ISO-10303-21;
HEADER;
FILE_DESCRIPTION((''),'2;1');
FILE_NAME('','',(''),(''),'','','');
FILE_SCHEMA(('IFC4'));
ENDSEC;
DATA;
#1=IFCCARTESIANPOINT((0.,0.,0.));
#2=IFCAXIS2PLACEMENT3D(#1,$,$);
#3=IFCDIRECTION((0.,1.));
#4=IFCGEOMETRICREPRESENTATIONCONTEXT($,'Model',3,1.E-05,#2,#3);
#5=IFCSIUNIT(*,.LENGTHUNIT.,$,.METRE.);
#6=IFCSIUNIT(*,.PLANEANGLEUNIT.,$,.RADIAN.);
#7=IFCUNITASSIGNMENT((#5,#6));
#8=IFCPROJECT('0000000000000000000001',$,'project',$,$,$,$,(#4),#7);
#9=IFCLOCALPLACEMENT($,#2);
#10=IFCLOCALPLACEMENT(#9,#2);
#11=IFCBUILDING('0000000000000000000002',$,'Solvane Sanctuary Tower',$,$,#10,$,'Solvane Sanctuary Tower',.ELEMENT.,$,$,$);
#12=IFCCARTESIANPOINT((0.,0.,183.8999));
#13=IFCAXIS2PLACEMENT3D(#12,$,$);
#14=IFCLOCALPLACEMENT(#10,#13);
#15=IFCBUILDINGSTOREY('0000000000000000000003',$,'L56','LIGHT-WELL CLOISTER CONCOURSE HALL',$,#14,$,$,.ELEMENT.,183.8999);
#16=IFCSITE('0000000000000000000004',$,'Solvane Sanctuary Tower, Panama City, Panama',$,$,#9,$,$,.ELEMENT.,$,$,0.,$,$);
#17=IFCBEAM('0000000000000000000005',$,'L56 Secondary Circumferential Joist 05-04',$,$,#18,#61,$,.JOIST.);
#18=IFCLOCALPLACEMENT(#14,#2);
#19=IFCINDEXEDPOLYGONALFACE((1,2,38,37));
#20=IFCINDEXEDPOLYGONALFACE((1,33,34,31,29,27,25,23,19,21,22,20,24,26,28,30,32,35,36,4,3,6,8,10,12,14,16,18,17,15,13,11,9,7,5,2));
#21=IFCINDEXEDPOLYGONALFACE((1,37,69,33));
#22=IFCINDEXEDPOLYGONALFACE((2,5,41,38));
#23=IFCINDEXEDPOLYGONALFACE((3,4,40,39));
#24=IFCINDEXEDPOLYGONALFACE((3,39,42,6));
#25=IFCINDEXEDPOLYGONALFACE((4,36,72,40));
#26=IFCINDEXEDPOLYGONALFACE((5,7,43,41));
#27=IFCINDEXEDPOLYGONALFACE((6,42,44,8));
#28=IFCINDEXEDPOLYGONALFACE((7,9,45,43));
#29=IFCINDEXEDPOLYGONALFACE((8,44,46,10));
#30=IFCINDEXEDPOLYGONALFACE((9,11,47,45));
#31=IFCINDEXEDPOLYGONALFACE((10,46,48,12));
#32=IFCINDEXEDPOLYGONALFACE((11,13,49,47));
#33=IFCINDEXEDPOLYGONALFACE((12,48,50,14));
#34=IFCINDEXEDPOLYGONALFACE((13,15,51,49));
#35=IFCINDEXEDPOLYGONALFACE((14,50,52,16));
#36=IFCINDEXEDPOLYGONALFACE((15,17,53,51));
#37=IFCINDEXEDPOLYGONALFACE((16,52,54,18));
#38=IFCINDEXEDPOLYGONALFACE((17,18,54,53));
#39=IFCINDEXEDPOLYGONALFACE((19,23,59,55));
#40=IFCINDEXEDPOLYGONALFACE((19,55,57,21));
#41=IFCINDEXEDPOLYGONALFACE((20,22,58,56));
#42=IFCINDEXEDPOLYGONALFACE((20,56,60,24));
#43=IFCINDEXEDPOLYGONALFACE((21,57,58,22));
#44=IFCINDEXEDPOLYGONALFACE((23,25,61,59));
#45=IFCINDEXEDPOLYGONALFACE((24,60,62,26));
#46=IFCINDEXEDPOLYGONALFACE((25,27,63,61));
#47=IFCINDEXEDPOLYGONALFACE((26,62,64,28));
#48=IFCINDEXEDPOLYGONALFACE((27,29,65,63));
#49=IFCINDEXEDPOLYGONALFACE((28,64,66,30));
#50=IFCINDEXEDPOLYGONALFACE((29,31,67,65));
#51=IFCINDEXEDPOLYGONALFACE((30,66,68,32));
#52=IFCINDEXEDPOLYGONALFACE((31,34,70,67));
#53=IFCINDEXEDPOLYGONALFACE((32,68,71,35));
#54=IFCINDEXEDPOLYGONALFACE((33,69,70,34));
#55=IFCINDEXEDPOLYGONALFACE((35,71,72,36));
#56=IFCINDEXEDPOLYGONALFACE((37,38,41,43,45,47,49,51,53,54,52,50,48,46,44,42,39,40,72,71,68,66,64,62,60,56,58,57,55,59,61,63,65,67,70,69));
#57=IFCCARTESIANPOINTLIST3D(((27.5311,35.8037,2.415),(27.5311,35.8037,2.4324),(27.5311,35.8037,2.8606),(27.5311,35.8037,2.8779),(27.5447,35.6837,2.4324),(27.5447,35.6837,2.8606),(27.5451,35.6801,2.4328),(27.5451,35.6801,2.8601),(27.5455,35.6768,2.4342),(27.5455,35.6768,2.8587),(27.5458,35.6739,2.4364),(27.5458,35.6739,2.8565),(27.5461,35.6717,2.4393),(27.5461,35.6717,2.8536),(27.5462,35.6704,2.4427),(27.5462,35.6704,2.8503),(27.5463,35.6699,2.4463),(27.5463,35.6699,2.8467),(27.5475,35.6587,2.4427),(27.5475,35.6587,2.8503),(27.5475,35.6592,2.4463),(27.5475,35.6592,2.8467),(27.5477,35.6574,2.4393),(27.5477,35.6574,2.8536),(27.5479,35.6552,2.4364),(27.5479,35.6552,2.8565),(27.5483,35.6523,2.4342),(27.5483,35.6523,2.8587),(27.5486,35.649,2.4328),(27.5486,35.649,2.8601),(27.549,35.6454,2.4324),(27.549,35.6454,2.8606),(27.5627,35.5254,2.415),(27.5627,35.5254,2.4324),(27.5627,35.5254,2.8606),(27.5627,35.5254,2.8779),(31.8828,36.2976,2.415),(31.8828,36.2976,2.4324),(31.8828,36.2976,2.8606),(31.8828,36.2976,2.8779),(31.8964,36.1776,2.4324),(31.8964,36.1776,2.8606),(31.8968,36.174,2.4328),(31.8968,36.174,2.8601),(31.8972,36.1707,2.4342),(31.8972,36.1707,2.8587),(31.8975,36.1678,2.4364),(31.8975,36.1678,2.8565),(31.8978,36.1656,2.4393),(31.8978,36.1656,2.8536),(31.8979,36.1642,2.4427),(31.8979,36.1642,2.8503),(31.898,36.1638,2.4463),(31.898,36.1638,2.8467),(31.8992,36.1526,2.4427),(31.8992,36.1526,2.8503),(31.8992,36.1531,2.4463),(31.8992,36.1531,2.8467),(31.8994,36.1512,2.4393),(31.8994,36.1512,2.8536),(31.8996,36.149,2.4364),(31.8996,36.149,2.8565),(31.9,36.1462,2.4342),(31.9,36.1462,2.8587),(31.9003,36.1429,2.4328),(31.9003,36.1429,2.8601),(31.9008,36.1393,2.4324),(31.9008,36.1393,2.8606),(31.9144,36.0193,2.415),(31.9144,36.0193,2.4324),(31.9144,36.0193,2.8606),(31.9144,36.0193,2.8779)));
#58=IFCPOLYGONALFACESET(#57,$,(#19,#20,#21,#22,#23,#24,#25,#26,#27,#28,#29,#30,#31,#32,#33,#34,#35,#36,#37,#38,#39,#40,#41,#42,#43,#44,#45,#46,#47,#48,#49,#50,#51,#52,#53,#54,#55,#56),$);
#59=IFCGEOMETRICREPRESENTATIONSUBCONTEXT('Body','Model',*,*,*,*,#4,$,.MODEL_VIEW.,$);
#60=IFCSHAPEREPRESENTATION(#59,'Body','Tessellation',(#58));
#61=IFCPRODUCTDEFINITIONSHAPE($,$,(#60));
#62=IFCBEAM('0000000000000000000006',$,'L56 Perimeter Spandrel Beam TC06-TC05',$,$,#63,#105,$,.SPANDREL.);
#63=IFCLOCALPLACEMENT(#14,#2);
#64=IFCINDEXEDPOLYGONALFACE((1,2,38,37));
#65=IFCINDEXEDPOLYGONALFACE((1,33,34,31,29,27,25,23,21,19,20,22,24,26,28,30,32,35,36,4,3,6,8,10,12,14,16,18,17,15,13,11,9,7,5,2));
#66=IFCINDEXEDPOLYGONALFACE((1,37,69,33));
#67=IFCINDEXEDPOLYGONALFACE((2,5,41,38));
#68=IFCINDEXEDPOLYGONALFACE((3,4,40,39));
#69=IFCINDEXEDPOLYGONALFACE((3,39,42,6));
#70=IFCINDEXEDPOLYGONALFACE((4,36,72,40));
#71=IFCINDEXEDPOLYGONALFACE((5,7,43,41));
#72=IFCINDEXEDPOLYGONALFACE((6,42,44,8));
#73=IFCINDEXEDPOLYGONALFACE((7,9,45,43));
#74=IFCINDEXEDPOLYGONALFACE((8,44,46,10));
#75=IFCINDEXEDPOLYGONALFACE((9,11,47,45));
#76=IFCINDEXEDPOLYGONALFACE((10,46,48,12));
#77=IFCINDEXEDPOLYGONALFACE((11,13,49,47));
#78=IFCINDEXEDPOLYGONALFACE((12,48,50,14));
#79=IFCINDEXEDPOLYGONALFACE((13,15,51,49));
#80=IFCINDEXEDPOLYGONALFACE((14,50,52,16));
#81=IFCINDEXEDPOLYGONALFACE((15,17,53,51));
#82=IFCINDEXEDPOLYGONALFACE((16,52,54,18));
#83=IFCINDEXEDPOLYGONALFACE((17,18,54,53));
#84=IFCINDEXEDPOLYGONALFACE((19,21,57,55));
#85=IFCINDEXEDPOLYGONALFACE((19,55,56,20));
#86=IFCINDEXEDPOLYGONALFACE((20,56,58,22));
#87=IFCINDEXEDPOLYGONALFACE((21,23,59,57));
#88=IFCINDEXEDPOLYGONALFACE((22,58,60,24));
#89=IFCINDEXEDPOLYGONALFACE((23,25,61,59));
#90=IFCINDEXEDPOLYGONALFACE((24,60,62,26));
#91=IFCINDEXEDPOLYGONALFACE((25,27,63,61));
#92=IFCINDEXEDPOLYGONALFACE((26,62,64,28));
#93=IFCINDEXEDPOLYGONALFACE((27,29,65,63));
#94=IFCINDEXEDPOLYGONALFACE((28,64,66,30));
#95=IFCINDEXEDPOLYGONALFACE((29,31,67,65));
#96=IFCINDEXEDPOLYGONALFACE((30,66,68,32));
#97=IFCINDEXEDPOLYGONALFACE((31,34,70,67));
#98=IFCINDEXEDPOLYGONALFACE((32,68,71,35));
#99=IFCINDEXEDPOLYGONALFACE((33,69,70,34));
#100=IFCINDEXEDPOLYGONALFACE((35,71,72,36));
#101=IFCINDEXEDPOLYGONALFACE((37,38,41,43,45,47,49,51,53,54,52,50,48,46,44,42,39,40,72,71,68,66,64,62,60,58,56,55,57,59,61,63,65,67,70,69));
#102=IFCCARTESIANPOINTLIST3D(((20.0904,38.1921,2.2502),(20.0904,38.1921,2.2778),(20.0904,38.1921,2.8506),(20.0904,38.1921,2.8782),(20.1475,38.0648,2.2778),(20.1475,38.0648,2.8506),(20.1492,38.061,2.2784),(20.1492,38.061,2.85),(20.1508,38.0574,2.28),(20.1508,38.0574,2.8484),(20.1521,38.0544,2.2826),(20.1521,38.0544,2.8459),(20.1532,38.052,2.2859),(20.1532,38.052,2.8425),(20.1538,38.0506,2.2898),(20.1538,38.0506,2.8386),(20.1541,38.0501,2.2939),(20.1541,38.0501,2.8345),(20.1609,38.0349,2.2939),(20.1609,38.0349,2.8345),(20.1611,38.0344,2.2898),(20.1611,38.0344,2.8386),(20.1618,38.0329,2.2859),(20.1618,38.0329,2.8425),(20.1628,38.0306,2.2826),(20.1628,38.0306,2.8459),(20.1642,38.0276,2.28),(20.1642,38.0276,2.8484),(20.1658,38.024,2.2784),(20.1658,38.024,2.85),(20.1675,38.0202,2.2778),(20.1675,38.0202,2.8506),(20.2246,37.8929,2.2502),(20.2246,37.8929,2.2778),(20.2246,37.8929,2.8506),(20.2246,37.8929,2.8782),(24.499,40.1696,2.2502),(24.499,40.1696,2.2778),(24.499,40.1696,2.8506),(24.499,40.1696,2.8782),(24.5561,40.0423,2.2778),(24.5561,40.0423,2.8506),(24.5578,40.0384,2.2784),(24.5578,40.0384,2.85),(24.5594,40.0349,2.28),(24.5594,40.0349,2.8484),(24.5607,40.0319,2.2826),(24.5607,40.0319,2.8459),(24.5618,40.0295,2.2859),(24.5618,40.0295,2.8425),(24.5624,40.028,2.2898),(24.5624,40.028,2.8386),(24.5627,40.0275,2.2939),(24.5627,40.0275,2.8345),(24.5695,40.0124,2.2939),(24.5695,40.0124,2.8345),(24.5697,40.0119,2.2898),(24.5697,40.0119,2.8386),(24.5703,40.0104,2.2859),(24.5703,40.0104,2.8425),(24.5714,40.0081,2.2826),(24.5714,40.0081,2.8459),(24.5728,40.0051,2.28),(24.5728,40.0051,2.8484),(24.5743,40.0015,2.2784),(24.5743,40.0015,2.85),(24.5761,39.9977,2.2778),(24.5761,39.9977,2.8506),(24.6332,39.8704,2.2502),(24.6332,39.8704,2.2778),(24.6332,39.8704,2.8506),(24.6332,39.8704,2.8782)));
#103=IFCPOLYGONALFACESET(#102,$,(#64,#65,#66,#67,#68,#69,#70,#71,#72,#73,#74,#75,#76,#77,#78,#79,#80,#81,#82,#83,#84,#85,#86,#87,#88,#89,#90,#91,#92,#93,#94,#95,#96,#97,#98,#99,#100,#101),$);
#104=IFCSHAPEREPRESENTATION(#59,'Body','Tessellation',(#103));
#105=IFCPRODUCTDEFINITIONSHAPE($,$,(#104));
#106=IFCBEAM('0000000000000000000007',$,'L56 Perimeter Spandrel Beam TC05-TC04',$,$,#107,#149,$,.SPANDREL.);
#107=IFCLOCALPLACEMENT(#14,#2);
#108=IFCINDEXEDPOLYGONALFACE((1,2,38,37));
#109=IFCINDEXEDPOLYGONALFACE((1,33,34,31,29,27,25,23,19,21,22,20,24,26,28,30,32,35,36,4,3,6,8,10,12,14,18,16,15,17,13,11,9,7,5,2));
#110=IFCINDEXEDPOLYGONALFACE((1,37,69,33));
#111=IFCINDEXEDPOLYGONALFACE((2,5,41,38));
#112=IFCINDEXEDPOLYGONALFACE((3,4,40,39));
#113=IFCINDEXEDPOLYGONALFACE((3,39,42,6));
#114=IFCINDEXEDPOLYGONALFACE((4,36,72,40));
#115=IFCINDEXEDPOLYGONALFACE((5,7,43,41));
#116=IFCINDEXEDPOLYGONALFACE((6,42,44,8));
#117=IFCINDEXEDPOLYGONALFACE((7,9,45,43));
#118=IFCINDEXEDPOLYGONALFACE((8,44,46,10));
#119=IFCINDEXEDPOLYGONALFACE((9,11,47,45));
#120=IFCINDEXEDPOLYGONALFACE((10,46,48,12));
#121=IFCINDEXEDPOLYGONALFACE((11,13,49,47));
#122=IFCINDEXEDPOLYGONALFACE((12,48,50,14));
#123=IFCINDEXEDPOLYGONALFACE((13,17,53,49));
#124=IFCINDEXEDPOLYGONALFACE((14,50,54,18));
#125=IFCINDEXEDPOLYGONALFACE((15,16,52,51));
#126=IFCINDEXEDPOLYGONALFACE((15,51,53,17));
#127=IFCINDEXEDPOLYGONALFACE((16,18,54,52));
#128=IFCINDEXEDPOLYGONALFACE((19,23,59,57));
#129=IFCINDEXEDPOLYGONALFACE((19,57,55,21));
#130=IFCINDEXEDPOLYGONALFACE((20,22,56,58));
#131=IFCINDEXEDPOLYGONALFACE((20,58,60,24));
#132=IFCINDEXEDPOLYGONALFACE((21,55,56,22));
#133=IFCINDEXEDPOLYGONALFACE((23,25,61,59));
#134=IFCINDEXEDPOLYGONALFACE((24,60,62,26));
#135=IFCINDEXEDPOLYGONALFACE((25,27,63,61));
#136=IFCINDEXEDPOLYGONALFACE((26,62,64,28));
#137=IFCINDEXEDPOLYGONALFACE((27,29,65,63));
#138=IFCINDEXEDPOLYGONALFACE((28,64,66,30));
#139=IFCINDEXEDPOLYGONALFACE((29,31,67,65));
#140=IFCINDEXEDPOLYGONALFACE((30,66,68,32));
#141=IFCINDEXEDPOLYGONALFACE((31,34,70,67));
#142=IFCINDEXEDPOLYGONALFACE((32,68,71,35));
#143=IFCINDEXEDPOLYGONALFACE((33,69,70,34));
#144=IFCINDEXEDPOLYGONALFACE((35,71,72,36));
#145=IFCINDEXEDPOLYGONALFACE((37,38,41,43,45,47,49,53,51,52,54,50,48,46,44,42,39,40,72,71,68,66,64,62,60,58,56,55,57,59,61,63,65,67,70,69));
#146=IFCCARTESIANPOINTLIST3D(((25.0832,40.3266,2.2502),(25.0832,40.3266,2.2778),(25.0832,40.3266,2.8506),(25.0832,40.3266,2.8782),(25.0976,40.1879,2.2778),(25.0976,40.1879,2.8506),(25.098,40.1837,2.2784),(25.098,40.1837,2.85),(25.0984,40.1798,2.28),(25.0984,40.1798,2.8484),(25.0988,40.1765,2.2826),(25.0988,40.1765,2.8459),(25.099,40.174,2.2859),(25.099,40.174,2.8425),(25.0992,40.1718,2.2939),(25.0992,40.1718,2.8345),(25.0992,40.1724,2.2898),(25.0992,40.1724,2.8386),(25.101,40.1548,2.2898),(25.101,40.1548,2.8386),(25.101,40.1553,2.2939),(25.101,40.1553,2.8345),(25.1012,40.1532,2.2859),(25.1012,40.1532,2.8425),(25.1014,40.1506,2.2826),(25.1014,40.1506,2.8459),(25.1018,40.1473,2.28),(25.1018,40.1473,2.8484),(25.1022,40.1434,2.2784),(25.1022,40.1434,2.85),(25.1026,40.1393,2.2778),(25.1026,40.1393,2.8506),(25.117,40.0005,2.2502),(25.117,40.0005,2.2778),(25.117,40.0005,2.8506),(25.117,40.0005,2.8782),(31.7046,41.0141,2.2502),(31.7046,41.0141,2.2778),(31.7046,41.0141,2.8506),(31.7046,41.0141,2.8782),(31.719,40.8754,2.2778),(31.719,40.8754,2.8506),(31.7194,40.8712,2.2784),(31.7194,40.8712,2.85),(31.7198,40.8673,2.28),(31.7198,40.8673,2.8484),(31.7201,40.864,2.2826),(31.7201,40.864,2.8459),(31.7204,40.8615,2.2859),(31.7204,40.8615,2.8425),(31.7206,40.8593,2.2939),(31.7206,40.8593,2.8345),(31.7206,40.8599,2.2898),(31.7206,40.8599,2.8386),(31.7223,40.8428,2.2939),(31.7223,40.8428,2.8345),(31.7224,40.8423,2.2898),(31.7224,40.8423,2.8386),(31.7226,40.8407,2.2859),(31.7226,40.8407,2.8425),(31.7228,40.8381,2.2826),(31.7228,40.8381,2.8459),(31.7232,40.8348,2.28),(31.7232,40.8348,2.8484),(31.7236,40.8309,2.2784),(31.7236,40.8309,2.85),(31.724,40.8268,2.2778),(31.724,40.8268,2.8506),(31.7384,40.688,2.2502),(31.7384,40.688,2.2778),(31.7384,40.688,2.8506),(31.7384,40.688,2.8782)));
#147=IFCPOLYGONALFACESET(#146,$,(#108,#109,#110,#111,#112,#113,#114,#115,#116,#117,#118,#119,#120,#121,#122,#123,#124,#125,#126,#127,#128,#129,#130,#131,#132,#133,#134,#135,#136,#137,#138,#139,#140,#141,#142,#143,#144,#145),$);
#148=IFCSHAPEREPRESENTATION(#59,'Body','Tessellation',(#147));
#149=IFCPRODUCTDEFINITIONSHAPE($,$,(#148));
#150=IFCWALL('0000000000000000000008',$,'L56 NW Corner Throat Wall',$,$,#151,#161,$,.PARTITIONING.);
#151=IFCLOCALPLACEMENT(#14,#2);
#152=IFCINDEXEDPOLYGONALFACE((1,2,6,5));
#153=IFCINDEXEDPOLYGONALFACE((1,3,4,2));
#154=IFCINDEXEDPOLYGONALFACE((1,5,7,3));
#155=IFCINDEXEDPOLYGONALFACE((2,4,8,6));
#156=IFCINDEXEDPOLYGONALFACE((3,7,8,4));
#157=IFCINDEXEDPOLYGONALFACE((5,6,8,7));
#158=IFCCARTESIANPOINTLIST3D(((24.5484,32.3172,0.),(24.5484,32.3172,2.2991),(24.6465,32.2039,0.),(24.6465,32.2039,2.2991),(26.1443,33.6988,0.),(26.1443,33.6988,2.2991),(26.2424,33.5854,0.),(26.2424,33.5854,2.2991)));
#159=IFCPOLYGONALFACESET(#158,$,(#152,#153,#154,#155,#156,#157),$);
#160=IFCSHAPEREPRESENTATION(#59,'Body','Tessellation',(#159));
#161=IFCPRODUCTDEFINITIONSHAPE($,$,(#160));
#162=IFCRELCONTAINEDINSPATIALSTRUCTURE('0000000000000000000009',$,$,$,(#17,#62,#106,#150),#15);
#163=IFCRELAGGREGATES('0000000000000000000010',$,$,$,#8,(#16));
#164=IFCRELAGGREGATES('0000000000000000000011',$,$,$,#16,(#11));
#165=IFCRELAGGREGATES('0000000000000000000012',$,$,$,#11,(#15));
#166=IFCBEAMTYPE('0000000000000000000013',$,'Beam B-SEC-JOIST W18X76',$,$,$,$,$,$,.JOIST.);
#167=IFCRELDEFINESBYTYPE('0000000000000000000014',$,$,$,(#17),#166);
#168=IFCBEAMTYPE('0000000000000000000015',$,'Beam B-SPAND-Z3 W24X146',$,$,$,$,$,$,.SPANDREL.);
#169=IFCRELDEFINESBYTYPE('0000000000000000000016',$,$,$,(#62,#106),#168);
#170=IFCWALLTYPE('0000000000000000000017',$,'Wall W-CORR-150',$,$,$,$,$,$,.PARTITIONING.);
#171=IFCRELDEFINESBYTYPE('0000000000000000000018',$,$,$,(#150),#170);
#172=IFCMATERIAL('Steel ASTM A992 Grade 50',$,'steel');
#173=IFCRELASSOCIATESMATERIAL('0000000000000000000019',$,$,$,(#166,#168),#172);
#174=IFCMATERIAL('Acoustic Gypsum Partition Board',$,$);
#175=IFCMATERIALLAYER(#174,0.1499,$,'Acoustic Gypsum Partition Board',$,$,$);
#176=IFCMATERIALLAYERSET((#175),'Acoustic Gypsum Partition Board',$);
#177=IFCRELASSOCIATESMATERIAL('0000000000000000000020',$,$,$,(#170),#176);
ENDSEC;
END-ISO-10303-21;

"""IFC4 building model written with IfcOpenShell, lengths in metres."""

from ifc_helpers import new_model, si_unit, direction, frame, frame_2d, origin, origin_2d, place, context, subcontext, project, spatial, rectangle, i_section, extrude, material, layer, layer_set, material_profile, profile_set, type_object, element, save


model = new_model("IFC4")

# Units and contexts
model_context = context("Model", 3, precision=1e-05, world=origin(), true_north=direction((0.0, 1.0)))
body_context = subcontext(model_context, "Body", "Model", "MODEL_VIEW")
ifc_project = project(units=[si_unit("LENGTHUNIT", "METRE"), si_unit("PLANEANGLEUNIT", "RADIAN")], contexts=[model_context])

# Site, building, storey
site_placement = place(None, origin())
site = spatial("IfcSite", under=ifc_project, at=site_placement, Name="Solvane Sanctuary Tower, Panama City, Panama", CompositionType="ELEMENT", RefElevation=0.0)
building_placement = place(site_placement, origin())
building = spatial("IfcBuilding", under=site, at=building_placement, Name="Solvane Sanctuary Tower", LongName="Solvane Sanctuary Tower", CompositionType="ELEMENT")
storey_placement = place(building_placement, frame((0.0, 0.0, 183.8999)))
storey = spatial("IfcBuildingStorey", under=building, at=storey_placement, Name="L56", Description="LIGHT-WELL CLOISTER CONCOURSE HALL", CompositionType="ELEMENT", Elevation=183.8999)

# Beams
ifc_material_1 = material(Name="Steel ASTM A992 Grade 50", Category="steel")
ifc_material_profile_1 = material_profile(ifc_material_1, i_section(OverallWidth=0.28, OverallDepth=0.4629, WebThickness=0.0107, FlangeThickness=0.0173, FilletRadius=0.0139, at=origin_2d()), Name="W18X76")
ifc_profile_set_1 = profile_set([ifc_material_profile_1], Name="Steel ASTM A992 Grade 50")
beam_type_1 = type_object("IfcBeamType", Name="Beam B-SEC-JOIST W18X76", PredefinedType="JOIST", material=ifc_profile_set_1)
beam_1_placement = place(storey_placement, frame((27.5469, 35.6646, 2.6465), z_axis=(0.993621, 0.112768, 0.0), x_axis=(-0.112768, 0.993621, 0.0)))
element("IfcBeam", 1, at=beam_1_placement, inside=storey, type_object=beam_type_1, Name="L56 Secondary Circumferential Joist 05-04", PredefinedType="JOIST", context=body_context, shape_type="SweptSolid", body=[
    extrude(i_section(OverallWidth=0.28, OverallDepth=0.4629, WebThickness=0.0107, FlangeThickness=0.0173, FilletRadius=0.0139, at=origin_2d()), origin(), (0.0, 0.0, 1.0), 4.3796),
])
ifc_material_profile_2 = material_profile(ifc_material_1, i_section(OverallWidth=0.3279, OverallDepth=0.6279, WebThickness=0.0166, FlangeThickness=0.0276, FilletRadius=0.0161, at=origin_2d()), Name="W24X146")
ifc_profile_set_2 = profile_set([ifc_material_profile_2], Name="Steel ASTM A992 Grade 50")
beam_type_2 = type_object("IfcBeamType", Name="Beam B-SPAND-Z3 W24X146", PredefinedType="SPANDREL", material=ifc_profile_set_2)
beam_2_placement = place(storey_placement, frame((20.1575, 38.0425, 2.5642), z_axis=(0.912414, 0.409268, 0.0), x_axis=(-0.409268, 0.912414, 0.0)))
element("IfcBeam", 2, at=beam_2_placement, inside=storey, type_object=beam_type_2, Name="L56 Perimeter Spandrel Beam TC06-TC05", PredefinedType="SPANDREL", context=body_context, shape_type="SweptSolid", body=[
    extrude(i_section(OverallWidth=0.3279, OverallDepth=0.6279, WebThickness=0.0166, FlangeThickness=0.0276, FilletRadius=0.0161, at=origin_2d()), origin(), (0.0, 0.0, 1.0), 4.8318),
])
beam_3_placement = place(storey_placement, frame((25.1001, 40.1636, 2.5642), z_axis=(0.994653, 0.103276, 0.0), x_axis=(-0.103276, 0.994653, 0.0)))
element("IfcBeam", 3, at=beam_3_placement, inside=storey, type_object=beam_type_2, Name="L56 Perimeter Spandrel Beam TC05-TC04", PredefinedType="SPANDREL", context=body_context, shape_type="SweptSolid", body=[
    extrude(i_section(OverallWidth=0.3279, OverallDepth=0.6279, WebThickness=0.0166, FlangeThickness=0.0276, FilletRadius=0.0161, at=origin_2d()), origin(), (0.0, 0.0, 1.0), 6.657),
])

# Wall
ifc_material_2 = material(Name="Acoustic Gypsum Partition Board")
ifc_layer_1 = layer(ifc_material_2, 0.1499, Name="Acoustic Gypsum Partition Board")
ifc_layer_set_1 = layer_set([ifc_layer_1], Name="Acoustic Gypsum Partition Board")
wall_type_1 = type_object("IfcWallType", Name="Wall W-CORR-150", PredefinedType="PARTITIONING", material=ifc_layer_set_1)
wall_1_placement = place(storey_placement, frame((26.1934, 33.6421, 0.0), z_axis=(0.0, 0.0, 1.0), x_axis=(-0.756055, -0.654508, 0.0)))
element("IfcWall", 4, at=wall_1_placement, inside=storey, type_object=wall_type_1, Name="L56 NW Corner Throat Wall", PredefinedType="PARTITIONING", context=body_context, shape_type="SweptSolid", body=[
    extrude(rectangle(XDim=2.1108, YDim=0.1499, at=frame_2d((1.0554, 0.0))), origin(), (0.0, 0.0, 1.0), 2.2991),
])

save(model, "model.ifc")
